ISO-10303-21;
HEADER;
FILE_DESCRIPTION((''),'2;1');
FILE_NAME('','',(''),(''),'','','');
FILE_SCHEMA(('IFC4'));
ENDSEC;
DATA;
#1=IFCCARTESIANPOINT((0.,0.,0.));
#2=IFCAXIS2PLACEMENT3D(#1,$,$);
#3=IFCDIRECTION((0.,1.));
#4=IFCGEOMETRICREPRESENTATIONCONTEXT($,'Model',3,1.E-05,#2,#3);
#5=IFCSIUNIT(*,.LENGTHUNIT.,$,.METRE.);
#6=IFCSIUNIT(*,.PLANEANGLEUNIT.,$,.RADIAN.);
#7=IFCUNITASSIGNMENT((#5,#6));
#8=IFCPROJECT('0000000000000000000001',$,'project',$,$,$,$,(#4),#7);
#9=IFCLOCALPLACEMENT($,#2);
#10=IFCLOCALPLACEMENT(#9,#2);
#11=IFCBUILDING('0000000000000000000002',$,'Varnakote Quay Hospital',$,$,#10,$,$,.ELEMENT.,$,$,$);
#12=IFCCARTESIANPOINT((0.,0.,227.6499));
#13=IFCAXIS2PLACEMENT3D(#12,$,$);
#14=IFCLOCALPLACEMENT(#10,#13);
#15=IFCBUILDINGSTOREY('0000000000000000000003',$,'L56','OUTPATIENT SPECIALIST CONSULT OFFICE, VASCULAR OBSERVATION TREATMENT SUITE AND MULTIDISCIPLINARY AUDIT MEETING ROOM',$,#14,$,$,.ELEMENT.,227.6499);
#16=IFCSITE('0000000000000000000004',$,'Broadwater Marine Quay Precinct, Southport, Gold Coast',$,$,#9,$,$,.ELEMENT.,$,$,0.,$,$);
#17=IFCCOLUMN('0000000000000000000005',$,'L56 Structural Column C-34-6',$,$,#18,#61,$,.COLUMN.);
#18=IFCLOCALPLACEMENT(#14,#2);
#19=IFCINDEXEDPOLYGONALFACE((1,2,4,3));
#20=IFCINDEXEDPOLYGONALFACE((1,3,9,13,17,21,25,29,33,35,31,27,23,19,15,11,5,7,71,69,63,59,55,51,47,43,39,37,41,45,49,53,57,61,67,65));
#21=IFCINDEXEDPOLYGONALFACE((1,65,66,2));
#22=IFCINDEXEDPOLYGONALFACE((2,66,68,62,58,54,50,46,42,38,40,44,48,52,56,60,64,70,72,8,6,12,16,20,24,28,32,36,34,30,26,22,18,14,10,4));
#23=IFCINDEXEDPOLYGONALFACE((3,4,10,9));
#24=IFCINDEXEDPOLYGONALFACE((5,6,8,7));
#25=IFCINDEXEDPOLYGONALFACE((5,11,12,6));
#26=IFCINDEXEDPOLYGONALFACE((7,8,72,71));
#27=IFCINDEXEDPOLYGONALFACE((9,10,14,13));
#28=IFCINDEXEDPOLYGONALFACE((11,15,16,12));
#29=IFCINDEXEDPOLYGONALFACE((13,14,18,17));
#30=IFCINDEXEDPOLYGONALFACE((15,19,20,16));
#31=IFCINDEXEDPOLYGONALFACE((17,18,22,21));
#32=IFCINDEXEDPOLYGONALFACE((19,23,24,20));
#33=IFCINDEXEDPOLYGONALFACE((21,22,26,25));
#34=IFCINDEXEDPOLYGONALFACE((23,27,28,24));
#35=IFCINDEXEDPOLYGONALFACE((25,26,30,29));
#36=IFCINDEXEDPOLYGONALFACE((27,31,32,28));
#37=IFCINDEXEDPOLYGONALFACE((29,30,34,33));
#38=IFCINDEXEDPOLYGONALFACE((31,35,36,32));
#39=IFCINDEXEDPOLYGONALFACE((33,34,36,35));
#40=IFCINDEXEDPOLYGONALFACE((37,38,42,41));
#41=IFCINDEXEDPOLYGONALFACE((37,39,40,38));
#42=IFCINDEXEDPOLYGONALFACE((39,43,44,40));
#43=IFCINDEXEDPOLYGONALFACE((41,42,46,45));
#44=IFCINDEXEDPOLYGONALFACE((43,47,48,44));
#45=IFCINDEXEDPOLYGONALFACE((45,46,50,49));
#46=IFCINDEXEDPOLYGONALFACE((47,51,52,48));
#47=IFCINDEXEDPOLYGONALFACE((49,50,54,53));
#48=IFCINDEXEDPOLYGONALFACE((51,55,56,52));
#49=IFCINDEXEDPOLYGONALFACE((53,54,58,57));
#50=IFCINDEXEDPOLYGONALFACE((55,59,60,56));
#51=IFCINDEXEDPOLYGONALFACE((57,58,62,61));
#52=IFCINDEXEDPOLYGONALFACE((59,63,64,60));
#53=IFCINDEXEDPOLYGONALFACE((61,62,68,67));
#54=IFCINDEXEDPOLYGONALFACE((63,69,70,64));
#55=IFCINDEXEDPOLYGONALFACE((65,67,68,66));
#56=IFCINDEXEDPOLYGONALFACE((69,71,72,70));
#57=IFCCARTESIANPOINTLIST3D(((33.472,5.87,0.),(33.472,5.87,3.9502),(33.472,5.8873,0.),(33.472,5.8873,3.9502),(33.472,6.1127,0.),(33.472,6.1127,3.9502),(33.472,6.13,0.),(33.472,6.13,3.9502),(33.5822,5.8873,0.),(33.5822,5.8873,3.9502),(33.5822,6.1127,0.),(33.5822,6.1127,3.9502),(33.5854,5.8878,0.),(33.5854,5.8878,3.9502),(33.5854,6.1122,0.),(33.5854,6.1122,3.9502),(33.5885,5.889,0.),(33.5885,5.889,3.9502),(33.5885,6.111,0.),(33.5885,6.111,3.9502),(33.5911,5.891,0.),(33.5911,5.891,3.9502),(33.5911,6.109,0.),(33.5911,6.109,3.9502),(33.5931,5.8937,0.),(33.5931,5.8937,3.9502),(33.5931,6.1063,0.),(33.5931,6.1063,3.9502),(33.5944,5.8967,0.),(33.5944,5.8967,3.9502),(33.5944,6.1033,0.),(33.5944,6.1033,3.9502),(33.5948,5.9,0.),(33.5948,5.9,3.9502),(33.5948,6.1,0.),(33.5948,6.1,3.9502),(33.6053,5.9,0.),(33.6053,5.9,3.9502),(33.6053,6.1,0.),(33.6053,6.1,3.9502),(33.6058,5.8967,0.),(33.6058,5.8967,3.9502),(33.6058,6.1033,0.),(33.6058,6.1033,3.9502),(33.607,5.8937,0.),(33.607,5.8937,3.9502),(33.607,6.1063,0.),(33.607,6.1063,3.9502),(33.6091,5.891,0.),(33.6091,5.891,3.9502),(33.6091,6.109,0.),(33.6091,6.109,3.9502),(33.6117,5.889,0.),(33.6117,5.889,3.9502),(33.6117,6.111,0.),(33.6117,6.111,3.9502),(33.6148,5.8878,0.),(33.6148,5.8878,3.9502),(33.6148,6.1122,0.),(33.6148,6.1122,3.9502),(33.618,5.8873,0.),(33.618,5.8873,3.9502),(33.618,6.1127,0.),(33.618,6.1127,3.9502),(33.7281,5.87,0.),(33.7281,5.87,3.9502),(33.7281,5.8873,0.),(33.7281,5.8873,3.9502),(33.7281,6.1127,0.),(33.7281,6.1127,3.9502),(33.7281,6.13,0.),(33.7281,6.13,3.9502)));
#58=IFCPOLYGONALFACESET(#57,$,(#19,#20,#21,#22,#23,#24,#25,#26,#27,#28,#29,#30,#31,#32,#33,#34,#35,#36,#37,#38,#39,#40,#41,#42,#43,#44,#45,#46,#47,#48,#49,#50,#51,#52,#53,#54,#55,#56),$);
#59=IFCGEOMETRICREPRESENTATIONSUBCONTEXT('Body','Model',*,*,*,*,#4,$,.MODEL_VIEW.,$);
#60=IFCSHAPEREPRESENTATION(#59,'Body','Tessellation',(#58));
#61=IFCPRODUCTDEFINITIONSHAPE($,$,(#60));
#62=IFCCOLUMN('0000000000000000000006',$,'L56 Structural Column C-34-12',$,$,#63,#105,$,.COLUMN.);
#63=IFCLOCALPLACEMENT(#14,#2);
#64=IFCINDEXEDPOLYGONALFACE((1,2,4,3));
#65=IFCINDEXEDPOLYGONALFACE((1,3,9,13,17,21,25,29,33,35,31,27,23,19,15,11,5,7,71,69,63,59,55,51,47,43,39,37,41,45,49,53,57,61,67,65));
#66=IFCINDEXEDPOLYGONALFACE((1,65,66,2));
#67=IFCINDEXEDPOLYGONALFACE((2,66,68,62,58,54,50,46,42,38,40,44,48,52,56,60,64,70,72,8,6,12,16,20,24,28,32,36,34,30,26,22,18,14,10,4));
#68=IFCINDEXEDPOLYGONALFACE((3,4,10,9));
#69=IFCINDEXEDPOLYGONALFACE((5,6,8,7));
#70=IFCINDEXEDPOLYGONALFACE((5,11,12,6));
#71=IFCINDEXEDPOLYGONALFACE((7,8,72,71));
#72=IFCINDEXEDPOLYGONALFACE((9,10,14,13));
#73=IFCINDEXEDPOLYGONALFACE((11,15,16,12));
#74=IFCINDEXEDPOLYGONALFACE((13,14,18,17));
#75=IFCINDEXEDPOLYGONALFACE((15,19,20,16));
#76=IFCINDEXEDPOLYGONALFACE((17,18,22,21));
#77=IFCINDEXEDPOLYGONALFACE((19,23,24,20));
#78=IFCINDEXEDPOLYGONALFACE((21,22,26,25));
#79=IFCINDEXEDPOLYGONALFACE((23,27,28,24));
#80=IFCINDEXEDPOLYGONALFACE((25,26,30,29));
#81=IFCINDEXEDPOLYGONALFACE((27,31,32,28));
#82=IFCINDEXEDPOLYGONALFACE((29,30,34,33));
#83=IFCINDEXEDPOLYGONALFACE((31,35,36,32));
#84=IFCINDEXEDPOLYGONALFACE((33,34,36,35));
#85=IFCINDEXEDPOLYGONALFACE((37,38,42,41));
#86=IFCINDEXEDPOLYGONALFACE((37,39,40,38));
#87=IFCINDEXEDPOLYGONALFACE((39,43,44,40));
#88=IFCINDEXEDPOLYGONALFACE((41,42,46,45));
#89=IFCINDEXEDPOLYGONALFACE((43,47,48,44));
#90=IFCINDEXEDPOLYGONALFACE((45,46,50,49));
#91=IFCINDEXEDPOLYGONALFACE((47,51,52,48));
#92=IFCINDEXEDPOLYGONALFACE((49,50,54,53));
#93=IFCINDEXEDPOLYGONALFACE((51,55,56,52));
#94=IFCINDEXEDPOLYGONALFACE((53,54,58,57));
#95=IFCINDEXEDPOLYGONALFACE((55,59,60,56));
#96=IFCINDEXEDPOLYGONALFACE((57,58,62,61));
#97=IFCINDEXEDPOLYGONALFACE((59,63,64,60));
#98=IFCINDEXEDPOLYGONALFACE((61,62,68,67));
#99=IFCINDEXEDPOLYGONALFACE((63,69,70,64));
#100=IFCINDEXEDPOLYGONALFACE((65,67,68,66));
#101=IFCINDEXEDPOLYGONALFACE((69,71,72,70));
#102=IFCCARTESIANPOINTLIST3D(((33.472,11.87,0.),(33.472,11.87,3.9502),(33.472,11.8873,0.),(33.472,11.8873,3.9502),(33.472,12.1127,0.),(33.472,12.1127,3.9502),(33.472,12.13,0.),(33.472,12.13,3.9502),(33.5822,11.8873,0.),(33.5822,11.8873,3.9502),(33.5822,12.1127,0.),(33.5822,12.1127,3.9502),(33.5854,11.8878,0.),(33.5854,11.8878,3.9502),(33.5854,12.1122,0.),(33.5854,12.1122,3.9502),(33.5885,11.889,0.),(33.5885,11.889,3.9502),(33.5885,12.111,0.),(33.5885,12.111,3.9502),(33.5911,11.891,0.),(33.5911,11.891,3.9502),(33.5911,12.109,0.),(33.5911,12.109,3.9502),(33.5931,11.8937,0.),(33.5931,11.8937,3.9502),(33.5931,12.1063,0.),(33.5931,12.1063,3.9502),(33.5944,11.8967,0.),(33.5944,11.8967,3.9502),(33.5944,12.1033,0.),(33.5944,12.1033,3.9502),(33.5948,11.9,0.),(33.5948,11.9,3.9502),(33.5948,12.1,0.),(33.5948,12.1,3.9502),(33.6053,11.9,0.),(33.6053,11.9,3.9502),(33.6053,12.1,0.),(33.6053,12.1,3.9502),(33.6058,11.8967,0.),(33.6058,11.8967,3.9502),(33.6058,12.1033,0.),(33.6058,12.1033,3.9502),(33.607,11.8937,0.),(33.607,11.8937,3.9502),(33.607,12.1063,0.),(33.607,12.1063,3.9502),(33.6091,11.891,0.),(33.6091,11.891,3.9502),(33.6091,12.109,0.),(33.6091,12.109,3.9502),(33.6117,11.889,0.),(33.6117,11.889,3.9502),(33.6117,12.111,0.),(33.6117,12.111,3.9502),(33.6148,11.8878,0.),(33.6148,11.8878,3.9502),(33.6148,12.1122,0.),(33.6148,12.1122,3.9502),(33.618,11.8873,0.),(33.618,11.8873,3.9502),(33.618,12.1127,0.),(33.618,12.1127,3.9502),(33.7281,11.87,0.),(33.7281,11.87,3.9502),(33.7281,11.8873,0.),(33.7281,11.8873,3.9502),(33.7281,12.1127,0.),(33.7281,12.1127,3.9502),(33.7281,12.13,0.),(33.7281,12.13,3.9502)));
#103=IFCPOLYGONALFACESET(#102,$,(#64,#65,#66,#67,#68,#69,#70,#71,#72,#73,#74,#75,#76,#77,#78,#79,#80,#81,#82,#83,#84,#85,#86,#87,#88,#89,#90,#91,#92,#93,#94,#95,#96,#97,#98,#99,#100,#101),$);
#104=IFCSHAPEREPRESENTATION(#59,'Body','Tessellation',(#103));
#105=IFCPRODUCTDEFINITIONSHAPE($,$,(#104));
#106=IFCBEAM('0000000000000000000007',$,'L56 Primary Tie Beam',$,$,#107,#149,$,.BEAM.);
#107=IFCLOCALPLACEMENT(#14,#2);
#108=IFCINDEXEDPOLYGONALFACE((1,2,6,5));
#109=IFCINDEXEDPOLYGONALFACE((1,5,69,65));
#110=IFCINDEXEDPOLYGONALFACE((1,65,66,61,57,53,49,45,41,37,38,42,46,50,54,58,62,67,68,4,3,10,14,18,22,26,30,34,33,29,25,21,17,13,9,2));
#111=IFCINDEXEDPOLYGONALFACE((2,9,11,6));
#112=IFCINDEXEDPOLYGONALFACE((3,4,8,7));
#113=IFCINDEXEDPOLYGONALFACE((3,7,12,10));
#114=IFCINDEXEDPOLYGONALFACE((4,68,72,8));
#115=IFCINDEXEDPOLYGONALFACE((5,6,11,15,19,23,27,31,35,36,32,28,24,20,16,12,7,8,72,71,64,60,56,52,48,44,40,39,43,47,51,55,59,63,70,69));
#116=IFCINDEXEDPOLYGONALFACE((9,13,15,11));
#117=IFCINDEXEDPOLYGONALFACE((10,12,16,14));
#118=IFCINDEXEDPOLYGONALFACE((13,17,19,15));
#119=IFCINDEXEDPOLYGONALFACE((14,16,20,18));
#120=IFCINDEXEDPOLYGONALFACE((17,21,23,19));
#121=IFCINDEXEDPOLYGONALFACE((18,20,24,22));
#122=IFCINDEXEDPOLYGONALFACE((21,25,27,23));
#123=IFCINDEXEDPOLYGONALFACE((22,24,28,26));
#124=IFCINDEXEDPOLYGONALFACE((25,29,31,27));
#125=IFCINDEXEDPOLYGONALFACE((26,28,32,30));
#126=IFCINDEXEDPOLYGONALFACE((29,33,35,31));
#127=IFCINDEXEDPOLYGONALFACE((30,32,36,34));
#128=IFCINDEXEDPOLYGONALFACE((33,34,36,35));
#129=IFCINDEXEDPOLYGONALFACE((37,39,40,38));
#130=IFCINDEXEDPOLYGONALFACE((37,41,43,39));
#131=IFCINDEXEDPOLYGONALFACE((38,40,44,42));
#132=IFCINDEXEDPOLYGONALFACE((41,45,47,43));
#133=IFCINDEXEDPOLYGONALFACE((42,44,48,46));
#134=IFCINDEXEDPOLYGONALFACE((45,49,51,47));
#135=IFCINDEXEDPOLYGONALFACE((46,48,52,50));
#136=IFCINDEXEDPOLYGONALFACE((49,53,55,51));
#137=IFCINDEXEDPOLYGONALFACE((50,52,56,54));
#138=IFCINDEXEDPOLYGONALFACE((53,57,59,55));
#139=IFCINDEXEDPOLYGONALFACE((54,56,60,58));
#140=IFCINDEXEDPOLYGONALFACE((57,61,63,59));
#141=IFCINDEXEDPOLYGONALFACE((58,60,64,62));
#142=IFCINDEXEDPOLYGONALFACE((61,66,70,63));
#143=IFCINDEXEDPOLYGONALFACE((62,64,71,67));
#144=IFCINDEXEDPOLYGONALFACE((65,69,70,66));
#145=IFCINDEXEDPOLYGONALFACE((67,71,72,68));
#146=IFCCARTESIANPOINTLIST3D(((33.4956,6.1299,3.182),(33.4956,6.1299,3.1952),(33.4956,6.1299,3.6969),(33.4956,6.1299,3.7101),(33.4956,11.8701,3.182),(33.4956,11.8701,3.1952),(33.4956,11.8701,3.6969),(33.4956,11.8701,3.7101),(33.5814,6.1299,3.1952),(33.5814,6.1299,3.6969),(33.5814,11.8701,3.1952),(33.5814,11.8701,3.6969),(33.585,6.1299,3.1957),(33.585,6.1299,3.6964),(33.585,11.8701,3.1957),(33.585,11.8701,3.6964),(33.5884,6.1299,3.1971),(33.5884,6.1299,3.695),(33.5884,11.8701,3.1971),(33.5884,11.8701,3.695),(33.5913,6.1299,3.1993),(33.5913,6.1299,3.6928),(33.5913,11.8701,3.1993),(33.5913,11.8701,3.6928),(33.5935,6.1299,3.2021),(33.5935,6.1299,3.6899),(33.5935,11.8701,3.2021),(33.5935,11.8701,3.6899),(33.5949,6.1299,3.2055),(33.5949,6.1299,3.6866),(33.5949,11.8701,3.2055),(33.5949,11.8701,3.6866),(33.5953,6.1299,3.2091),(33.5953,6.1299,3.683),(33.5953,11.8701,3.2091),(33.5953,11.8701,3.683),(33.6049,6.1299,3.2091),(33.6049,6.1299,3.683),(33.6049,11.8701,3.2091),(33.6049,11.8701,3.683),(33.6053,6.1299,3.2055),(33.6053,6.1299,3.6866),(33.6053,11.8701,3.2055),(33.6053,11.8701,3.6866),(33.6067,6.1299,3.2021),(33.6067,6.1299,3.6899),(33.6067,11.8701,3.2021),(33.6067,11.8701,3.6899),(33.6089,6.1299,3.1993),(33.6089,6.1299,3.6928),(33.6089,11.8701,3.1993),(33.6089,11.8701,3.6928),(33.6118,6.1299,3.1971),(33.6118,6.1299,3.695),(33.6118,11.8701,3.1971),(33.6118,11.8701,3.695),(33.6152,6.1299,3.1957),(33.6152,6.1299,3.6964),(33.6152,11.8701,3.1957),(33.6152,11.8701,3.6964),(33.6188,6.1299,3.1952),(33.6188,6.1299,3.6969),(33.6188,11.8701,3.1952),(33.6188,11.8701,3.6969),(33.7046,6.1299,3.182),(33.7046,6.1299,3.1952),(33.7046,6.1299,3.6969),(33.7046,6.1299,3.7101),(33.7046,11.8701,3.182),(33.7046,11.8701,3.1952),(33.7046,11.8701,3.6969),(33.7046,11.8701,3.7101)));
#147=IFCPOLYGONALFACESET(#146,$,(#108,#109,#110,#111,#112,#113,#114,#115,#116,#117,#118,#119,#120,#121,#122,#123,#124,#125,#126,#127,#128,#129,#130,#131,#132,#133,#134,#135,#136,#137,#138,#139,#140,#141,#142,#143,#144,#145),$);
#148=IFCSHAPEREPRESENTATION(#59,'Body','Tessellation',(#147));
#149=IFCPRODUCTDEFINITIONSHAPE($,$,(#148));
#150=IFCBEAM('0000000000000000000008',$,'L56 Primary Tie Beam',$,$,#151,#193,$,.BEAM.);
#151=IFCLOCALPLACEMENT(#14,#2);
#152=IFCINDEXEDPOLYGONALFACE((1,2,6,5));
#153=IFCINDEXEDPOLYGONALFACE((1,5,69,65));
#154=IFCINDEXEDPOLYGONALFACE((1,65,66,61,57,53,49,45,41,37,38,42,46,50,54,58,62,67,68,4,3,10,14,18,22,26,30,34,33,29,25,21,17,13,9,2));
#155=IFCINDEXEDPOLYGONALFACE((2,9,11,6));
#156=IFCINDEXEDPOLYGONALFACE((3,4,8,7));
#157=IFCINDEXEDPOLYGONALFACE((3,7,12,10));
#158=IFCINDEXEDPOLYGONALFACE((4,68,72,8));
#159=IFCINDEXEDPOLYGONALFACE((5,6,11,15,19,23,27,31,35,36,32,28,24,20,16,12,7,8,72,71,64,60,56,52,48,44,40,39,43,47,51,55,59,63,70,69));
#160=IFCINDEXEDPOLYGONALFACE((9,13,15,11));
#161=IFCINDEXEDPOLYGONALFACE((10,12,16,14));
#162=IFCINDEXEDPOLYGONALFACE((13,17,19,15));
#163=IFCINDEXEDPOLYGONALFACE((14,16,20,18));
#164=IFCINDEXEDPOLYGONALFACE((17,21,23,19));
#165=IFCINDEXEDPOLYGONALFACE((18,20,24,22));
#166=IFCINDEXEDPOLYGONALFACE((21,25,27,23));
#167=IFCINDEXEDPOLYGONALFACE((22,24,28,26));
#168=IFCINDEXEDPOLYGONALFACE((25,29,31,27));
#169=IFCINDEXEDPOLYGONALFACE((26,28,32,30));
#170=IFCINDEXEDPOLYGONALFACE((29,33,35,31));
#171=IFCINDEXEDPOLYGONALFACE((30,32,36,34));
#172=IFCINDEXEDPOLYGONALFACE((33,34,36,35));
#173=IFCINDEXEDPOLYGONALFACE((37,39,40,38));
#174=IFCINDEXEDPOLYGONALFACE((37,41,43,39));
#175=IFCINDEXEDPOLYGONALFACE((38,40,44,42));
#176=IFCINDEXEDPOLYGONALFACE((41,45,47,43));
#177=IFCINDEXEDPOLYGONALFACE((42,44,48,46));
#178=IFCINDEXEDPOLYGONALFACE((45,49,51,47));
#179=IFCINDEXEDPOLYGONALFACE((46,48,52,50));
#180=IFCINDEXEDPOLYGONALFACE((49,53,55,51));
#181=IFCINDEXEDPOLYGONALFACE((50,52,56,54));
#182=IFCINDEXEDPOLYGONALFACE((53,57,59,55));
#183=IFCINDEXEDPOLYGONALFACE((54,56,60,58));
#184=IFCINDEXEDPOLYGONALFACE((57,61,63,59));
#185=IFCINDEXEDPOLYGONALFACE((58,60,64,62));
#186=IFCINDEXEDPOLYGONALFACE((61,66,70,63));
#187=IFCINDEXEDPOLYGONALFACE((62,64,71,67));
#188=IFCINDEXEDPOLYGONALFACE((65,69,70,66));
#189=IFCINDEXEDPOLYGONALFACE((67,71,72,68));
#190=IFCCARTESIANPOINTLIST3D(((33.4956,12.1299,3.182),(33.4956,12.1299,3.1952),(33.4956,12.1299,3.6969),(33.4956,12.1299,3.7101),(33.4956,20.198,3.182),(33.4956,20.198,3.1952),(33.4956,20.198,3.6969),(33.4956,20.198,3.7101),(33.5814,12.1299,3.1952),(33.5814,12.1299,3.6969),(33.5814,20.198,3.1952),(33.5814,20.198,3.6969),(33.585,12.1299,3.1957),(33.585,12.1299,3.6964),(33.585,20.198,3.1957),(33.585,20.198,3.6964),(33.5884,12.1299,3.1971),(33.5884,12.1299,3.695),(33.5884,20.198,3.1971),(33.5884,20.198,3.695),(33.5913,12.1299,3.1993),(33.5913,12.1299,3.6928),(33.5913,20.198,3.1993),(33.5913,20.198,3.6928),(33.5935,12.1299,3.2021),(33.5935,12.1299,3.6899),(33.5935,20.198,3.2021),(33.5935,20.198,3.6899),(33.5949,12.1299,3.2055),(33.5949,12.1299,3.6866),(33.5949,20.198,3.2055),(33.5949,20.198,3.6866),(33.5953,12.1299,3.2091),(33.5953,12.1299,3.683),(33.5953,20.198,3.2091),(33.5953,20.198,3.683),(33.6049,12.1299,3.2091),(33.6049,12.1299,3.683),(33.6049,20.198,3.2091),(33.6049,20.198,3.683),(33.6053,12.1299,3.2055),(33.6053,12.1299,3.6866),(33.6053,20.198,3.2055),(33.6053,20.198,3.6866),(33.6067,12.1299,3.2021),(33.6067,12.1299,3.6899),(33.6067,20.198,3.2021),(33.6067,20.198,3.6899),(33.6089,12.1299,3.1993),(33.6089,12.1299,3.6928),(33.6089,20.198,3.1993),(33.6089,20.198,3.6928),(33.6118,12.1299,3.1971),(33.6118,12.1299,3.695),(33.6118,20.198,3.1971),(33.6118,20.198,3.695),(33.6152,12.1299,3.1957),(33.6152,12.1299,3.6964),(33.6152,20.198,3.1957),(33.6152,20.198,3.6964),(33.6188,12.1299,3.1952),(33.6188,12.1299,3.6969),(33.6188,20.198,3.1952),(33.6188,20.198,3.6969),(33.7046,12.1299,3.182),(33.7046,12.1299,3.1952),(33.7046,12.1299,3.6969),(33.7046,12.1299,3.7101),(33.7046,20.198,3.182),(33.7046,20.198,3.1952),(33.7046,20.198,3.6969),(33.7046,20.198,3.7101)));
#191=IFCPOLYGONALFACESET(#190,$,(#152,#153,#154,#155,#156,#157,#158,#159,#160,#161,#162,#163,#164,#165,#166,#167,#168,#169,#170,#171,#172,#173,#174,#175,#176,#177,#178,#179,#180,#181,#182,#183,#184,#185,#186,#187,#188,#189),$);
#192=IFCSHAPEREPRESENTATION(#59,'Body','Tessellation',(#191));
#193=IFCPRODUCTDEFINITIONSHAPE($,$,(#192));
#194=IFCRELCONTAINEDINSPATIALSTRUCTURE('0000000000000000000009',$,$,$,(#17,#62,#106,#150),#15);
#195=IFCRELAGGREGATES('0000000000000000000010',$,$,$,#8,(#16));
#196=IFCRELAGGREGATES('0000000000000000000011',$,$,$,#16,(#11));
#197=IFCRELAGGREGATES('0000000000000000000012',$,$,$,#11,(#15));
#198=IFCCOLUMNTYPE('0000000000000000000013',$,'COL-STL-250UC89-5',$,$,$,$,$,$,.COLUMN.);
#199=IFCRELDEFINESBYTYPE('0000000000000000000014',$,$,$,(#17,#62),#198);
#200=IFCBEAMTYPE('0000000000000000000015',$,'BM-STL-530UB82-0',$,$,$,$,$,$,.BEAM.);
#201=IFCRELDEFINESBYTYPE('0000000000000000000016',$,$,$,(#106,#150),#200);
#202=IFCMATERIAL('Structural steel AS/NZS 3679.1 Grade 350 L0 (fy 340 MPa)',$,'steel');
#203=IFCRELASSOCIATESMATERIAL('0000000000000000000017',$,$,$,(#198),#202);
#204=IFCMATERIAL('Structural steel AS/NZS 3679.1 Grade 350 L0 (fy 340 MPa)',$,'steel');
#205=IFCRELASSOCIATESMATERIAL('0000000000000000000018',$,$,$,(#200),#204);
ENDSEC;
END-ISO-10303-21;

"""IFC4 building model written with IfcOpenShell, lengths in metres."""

from ifc_helpers import new_model, si_unit, direction, frame, origin, origin_2d, place, context, subcontext, project, spatial, i_section, extrude, material, material_profile, profile_set, type_object, element, save


model = new_model("IFC4")

# Units and contexts
model_context = context("Model", 3, precision=1e-05, world=origin(), true_north=direction((0.0, 1.0)))
body_context = subcontext(model_context, "Body", "Model", "MODEL_VIEW")
ifc_project = project(units=[si_unit("LENGTHUNIT", "METRE"), si_unit("PLANEANGLEUNIT", "RADIAN")], contexts=[model_context])

# Site, building, storey
site_placement = place(None, origin())
site = spatial("IfcSite", under=ifc_project, at=site_placement, Name="Broadwater Marine Quay Precinct, Southport, Gold Coast", CompositionType="ELEMENT", RefElevation=0.0)
building_placement = place(site_placement, origin())
building = spatial("IfcBuilding", under=site, at=building_placement, Name="Varnakote Quay Hospital", CompositionType="ELEMENT")
storey_placement = place(building_placement, frame((0.0, 0.0, 227.6499)))
storey = spatial("IfcBuildingStorey", under=building, at=storey_placement, Name="L56", Description="OUTPATIENT SPECIALIST CONSULT OFFICE, VASCULAR OBSERVATION TREATMENT SUITE AND MULTIDISCIPLINARY AUDIT MEETING ROOM", CompositionType="ELEMENT", Elevation=227.6499)

# Columns
ifc_material_1 = material(Name="Structural steel AS/NZS 3679.1 Grade 350 L0 (fy 340 MPa)", Category="steel")
ifc_material_profile_1 = material_profile(ifc_material_1, i_section(OverallWidth=0.2561, OverallDepth=0.26, WebThickness=0.0105, FlangeThickness=0.0173, FilletRadius=0.0127, at=origin_2d()), Name="250UC89.5")
ifc_profile_set_1 = profile_set([ifc_material_profile_1], Name="Structural steel AS/NZS 3679.1 Grade 350 L0 (fy 340 MPa)")
column_type = type_object("IfcColumnType", Name="COL-STL-250UC89-5", PredefinedType="COLUMN", material=ifc_profile_set_1)
for number, where, z_axis, x_axis, name in (
    (1, (33.6001, 6.0, 0.0), (0.0, 0.0, 1.0), (1.0, 0.0, 0.0), "L56 Structural Column C-34-6"),
    (2, (33.6001, 12.0, 0.0), (0.0, 0.0, 1.0), (1.0, 0.0, 0.0), "L56 Structural Column C-34-12"),
):
    element("IfcColumn", number, at=place(storey_placement, frame(where, z_axis=z_axis, x_axis=x_axis)), inside=storey, type_object=column_type, Name=name, PredefinedType="COLUMN", context=body_context, shape_type="SweptSolid", body=[
        extrude(i_section(OverallWidth=0.2561, OverallDepth=0.26, WebThickness=0.0105, FlangeThickness=0.0173, FilletRadius=0.0127, at=origin_2d()), origin(), (0.0, 0.0, 1.0), 3.9502),
    ])

# Beams
ifc_material_2 = material(Name="Structural steel AS/NZS 3679.1 Grade 350 L0 (fy 340 MPa)", Category="steel")
ifc_material_profile_2 = material_profile(ifc_material_2, i_section(OverallWidth=0.209, OverallDepth=0.5281, WebThickness=0.0095, FlangeThickness=0.0132, FilletRadius=0.0139, at=origin_2d()), Name="530UB82.0")
ifc_profile_set_2 = profile_set([ifc_material_profile_2], Name="Structural steel AS/NZS 3679.1 Grade 350 L0 (fy 340 MPa)")
beam_type_1 = type_object("IfcBeamType", Name="BM-STL-530UB82-0", PredefinedType="BEAM", material=ifc_profile_set_2)
beam_1_placement = place(storey_placement, frame((33.6001, 6.1299, 3.446), z_axis=(0.0, 1.0, 0.0), x_axis=(-1.0, 0.0, 0.0)))
element("IfcBeam", 3, at=beam_1_placement, inside=storey, type_object=beam_type_1, Name="L56 Primary Tie Beam", PredefinedType="BEAM", context=body_context, shape_type="SweptSolid", body=[
    extrude(i_section(OverallWidth=0.209, OverallDepth=0.5281, WebThickness=0.0095, FlangeThickness=0.0132, FilletRadius=0.0139, at=origin_2d()), origin(), (0.0, 0.0, 1.0), 5.7402),
])
beam_2_placement = place(storey_placement, frame((33.6001, 12.1299, 3.446), z_axis=(0.0, 1.0, 0.0), x_axis=(-1.0, 0.0, 0.0)))
element("IfcBeam", 4, at=beam_2_placement, inside=storey, type_object=beam_type_1, Name="L56 Primary Tie Beam", PredefinedType="BEAM", context=body_context, shape_type="SweptSolid", body=[
    extrude(i_section(OverallWidth=0.209, OverallDepth=0.5281, WebThickness=0.0095, FlangeThickness=0.0132, FilletRadius=0.0139, at=origin_2d()), origin(), (0.0, 0.0, 1.0), 8.0681),
])

save(model, "model.ifc")
